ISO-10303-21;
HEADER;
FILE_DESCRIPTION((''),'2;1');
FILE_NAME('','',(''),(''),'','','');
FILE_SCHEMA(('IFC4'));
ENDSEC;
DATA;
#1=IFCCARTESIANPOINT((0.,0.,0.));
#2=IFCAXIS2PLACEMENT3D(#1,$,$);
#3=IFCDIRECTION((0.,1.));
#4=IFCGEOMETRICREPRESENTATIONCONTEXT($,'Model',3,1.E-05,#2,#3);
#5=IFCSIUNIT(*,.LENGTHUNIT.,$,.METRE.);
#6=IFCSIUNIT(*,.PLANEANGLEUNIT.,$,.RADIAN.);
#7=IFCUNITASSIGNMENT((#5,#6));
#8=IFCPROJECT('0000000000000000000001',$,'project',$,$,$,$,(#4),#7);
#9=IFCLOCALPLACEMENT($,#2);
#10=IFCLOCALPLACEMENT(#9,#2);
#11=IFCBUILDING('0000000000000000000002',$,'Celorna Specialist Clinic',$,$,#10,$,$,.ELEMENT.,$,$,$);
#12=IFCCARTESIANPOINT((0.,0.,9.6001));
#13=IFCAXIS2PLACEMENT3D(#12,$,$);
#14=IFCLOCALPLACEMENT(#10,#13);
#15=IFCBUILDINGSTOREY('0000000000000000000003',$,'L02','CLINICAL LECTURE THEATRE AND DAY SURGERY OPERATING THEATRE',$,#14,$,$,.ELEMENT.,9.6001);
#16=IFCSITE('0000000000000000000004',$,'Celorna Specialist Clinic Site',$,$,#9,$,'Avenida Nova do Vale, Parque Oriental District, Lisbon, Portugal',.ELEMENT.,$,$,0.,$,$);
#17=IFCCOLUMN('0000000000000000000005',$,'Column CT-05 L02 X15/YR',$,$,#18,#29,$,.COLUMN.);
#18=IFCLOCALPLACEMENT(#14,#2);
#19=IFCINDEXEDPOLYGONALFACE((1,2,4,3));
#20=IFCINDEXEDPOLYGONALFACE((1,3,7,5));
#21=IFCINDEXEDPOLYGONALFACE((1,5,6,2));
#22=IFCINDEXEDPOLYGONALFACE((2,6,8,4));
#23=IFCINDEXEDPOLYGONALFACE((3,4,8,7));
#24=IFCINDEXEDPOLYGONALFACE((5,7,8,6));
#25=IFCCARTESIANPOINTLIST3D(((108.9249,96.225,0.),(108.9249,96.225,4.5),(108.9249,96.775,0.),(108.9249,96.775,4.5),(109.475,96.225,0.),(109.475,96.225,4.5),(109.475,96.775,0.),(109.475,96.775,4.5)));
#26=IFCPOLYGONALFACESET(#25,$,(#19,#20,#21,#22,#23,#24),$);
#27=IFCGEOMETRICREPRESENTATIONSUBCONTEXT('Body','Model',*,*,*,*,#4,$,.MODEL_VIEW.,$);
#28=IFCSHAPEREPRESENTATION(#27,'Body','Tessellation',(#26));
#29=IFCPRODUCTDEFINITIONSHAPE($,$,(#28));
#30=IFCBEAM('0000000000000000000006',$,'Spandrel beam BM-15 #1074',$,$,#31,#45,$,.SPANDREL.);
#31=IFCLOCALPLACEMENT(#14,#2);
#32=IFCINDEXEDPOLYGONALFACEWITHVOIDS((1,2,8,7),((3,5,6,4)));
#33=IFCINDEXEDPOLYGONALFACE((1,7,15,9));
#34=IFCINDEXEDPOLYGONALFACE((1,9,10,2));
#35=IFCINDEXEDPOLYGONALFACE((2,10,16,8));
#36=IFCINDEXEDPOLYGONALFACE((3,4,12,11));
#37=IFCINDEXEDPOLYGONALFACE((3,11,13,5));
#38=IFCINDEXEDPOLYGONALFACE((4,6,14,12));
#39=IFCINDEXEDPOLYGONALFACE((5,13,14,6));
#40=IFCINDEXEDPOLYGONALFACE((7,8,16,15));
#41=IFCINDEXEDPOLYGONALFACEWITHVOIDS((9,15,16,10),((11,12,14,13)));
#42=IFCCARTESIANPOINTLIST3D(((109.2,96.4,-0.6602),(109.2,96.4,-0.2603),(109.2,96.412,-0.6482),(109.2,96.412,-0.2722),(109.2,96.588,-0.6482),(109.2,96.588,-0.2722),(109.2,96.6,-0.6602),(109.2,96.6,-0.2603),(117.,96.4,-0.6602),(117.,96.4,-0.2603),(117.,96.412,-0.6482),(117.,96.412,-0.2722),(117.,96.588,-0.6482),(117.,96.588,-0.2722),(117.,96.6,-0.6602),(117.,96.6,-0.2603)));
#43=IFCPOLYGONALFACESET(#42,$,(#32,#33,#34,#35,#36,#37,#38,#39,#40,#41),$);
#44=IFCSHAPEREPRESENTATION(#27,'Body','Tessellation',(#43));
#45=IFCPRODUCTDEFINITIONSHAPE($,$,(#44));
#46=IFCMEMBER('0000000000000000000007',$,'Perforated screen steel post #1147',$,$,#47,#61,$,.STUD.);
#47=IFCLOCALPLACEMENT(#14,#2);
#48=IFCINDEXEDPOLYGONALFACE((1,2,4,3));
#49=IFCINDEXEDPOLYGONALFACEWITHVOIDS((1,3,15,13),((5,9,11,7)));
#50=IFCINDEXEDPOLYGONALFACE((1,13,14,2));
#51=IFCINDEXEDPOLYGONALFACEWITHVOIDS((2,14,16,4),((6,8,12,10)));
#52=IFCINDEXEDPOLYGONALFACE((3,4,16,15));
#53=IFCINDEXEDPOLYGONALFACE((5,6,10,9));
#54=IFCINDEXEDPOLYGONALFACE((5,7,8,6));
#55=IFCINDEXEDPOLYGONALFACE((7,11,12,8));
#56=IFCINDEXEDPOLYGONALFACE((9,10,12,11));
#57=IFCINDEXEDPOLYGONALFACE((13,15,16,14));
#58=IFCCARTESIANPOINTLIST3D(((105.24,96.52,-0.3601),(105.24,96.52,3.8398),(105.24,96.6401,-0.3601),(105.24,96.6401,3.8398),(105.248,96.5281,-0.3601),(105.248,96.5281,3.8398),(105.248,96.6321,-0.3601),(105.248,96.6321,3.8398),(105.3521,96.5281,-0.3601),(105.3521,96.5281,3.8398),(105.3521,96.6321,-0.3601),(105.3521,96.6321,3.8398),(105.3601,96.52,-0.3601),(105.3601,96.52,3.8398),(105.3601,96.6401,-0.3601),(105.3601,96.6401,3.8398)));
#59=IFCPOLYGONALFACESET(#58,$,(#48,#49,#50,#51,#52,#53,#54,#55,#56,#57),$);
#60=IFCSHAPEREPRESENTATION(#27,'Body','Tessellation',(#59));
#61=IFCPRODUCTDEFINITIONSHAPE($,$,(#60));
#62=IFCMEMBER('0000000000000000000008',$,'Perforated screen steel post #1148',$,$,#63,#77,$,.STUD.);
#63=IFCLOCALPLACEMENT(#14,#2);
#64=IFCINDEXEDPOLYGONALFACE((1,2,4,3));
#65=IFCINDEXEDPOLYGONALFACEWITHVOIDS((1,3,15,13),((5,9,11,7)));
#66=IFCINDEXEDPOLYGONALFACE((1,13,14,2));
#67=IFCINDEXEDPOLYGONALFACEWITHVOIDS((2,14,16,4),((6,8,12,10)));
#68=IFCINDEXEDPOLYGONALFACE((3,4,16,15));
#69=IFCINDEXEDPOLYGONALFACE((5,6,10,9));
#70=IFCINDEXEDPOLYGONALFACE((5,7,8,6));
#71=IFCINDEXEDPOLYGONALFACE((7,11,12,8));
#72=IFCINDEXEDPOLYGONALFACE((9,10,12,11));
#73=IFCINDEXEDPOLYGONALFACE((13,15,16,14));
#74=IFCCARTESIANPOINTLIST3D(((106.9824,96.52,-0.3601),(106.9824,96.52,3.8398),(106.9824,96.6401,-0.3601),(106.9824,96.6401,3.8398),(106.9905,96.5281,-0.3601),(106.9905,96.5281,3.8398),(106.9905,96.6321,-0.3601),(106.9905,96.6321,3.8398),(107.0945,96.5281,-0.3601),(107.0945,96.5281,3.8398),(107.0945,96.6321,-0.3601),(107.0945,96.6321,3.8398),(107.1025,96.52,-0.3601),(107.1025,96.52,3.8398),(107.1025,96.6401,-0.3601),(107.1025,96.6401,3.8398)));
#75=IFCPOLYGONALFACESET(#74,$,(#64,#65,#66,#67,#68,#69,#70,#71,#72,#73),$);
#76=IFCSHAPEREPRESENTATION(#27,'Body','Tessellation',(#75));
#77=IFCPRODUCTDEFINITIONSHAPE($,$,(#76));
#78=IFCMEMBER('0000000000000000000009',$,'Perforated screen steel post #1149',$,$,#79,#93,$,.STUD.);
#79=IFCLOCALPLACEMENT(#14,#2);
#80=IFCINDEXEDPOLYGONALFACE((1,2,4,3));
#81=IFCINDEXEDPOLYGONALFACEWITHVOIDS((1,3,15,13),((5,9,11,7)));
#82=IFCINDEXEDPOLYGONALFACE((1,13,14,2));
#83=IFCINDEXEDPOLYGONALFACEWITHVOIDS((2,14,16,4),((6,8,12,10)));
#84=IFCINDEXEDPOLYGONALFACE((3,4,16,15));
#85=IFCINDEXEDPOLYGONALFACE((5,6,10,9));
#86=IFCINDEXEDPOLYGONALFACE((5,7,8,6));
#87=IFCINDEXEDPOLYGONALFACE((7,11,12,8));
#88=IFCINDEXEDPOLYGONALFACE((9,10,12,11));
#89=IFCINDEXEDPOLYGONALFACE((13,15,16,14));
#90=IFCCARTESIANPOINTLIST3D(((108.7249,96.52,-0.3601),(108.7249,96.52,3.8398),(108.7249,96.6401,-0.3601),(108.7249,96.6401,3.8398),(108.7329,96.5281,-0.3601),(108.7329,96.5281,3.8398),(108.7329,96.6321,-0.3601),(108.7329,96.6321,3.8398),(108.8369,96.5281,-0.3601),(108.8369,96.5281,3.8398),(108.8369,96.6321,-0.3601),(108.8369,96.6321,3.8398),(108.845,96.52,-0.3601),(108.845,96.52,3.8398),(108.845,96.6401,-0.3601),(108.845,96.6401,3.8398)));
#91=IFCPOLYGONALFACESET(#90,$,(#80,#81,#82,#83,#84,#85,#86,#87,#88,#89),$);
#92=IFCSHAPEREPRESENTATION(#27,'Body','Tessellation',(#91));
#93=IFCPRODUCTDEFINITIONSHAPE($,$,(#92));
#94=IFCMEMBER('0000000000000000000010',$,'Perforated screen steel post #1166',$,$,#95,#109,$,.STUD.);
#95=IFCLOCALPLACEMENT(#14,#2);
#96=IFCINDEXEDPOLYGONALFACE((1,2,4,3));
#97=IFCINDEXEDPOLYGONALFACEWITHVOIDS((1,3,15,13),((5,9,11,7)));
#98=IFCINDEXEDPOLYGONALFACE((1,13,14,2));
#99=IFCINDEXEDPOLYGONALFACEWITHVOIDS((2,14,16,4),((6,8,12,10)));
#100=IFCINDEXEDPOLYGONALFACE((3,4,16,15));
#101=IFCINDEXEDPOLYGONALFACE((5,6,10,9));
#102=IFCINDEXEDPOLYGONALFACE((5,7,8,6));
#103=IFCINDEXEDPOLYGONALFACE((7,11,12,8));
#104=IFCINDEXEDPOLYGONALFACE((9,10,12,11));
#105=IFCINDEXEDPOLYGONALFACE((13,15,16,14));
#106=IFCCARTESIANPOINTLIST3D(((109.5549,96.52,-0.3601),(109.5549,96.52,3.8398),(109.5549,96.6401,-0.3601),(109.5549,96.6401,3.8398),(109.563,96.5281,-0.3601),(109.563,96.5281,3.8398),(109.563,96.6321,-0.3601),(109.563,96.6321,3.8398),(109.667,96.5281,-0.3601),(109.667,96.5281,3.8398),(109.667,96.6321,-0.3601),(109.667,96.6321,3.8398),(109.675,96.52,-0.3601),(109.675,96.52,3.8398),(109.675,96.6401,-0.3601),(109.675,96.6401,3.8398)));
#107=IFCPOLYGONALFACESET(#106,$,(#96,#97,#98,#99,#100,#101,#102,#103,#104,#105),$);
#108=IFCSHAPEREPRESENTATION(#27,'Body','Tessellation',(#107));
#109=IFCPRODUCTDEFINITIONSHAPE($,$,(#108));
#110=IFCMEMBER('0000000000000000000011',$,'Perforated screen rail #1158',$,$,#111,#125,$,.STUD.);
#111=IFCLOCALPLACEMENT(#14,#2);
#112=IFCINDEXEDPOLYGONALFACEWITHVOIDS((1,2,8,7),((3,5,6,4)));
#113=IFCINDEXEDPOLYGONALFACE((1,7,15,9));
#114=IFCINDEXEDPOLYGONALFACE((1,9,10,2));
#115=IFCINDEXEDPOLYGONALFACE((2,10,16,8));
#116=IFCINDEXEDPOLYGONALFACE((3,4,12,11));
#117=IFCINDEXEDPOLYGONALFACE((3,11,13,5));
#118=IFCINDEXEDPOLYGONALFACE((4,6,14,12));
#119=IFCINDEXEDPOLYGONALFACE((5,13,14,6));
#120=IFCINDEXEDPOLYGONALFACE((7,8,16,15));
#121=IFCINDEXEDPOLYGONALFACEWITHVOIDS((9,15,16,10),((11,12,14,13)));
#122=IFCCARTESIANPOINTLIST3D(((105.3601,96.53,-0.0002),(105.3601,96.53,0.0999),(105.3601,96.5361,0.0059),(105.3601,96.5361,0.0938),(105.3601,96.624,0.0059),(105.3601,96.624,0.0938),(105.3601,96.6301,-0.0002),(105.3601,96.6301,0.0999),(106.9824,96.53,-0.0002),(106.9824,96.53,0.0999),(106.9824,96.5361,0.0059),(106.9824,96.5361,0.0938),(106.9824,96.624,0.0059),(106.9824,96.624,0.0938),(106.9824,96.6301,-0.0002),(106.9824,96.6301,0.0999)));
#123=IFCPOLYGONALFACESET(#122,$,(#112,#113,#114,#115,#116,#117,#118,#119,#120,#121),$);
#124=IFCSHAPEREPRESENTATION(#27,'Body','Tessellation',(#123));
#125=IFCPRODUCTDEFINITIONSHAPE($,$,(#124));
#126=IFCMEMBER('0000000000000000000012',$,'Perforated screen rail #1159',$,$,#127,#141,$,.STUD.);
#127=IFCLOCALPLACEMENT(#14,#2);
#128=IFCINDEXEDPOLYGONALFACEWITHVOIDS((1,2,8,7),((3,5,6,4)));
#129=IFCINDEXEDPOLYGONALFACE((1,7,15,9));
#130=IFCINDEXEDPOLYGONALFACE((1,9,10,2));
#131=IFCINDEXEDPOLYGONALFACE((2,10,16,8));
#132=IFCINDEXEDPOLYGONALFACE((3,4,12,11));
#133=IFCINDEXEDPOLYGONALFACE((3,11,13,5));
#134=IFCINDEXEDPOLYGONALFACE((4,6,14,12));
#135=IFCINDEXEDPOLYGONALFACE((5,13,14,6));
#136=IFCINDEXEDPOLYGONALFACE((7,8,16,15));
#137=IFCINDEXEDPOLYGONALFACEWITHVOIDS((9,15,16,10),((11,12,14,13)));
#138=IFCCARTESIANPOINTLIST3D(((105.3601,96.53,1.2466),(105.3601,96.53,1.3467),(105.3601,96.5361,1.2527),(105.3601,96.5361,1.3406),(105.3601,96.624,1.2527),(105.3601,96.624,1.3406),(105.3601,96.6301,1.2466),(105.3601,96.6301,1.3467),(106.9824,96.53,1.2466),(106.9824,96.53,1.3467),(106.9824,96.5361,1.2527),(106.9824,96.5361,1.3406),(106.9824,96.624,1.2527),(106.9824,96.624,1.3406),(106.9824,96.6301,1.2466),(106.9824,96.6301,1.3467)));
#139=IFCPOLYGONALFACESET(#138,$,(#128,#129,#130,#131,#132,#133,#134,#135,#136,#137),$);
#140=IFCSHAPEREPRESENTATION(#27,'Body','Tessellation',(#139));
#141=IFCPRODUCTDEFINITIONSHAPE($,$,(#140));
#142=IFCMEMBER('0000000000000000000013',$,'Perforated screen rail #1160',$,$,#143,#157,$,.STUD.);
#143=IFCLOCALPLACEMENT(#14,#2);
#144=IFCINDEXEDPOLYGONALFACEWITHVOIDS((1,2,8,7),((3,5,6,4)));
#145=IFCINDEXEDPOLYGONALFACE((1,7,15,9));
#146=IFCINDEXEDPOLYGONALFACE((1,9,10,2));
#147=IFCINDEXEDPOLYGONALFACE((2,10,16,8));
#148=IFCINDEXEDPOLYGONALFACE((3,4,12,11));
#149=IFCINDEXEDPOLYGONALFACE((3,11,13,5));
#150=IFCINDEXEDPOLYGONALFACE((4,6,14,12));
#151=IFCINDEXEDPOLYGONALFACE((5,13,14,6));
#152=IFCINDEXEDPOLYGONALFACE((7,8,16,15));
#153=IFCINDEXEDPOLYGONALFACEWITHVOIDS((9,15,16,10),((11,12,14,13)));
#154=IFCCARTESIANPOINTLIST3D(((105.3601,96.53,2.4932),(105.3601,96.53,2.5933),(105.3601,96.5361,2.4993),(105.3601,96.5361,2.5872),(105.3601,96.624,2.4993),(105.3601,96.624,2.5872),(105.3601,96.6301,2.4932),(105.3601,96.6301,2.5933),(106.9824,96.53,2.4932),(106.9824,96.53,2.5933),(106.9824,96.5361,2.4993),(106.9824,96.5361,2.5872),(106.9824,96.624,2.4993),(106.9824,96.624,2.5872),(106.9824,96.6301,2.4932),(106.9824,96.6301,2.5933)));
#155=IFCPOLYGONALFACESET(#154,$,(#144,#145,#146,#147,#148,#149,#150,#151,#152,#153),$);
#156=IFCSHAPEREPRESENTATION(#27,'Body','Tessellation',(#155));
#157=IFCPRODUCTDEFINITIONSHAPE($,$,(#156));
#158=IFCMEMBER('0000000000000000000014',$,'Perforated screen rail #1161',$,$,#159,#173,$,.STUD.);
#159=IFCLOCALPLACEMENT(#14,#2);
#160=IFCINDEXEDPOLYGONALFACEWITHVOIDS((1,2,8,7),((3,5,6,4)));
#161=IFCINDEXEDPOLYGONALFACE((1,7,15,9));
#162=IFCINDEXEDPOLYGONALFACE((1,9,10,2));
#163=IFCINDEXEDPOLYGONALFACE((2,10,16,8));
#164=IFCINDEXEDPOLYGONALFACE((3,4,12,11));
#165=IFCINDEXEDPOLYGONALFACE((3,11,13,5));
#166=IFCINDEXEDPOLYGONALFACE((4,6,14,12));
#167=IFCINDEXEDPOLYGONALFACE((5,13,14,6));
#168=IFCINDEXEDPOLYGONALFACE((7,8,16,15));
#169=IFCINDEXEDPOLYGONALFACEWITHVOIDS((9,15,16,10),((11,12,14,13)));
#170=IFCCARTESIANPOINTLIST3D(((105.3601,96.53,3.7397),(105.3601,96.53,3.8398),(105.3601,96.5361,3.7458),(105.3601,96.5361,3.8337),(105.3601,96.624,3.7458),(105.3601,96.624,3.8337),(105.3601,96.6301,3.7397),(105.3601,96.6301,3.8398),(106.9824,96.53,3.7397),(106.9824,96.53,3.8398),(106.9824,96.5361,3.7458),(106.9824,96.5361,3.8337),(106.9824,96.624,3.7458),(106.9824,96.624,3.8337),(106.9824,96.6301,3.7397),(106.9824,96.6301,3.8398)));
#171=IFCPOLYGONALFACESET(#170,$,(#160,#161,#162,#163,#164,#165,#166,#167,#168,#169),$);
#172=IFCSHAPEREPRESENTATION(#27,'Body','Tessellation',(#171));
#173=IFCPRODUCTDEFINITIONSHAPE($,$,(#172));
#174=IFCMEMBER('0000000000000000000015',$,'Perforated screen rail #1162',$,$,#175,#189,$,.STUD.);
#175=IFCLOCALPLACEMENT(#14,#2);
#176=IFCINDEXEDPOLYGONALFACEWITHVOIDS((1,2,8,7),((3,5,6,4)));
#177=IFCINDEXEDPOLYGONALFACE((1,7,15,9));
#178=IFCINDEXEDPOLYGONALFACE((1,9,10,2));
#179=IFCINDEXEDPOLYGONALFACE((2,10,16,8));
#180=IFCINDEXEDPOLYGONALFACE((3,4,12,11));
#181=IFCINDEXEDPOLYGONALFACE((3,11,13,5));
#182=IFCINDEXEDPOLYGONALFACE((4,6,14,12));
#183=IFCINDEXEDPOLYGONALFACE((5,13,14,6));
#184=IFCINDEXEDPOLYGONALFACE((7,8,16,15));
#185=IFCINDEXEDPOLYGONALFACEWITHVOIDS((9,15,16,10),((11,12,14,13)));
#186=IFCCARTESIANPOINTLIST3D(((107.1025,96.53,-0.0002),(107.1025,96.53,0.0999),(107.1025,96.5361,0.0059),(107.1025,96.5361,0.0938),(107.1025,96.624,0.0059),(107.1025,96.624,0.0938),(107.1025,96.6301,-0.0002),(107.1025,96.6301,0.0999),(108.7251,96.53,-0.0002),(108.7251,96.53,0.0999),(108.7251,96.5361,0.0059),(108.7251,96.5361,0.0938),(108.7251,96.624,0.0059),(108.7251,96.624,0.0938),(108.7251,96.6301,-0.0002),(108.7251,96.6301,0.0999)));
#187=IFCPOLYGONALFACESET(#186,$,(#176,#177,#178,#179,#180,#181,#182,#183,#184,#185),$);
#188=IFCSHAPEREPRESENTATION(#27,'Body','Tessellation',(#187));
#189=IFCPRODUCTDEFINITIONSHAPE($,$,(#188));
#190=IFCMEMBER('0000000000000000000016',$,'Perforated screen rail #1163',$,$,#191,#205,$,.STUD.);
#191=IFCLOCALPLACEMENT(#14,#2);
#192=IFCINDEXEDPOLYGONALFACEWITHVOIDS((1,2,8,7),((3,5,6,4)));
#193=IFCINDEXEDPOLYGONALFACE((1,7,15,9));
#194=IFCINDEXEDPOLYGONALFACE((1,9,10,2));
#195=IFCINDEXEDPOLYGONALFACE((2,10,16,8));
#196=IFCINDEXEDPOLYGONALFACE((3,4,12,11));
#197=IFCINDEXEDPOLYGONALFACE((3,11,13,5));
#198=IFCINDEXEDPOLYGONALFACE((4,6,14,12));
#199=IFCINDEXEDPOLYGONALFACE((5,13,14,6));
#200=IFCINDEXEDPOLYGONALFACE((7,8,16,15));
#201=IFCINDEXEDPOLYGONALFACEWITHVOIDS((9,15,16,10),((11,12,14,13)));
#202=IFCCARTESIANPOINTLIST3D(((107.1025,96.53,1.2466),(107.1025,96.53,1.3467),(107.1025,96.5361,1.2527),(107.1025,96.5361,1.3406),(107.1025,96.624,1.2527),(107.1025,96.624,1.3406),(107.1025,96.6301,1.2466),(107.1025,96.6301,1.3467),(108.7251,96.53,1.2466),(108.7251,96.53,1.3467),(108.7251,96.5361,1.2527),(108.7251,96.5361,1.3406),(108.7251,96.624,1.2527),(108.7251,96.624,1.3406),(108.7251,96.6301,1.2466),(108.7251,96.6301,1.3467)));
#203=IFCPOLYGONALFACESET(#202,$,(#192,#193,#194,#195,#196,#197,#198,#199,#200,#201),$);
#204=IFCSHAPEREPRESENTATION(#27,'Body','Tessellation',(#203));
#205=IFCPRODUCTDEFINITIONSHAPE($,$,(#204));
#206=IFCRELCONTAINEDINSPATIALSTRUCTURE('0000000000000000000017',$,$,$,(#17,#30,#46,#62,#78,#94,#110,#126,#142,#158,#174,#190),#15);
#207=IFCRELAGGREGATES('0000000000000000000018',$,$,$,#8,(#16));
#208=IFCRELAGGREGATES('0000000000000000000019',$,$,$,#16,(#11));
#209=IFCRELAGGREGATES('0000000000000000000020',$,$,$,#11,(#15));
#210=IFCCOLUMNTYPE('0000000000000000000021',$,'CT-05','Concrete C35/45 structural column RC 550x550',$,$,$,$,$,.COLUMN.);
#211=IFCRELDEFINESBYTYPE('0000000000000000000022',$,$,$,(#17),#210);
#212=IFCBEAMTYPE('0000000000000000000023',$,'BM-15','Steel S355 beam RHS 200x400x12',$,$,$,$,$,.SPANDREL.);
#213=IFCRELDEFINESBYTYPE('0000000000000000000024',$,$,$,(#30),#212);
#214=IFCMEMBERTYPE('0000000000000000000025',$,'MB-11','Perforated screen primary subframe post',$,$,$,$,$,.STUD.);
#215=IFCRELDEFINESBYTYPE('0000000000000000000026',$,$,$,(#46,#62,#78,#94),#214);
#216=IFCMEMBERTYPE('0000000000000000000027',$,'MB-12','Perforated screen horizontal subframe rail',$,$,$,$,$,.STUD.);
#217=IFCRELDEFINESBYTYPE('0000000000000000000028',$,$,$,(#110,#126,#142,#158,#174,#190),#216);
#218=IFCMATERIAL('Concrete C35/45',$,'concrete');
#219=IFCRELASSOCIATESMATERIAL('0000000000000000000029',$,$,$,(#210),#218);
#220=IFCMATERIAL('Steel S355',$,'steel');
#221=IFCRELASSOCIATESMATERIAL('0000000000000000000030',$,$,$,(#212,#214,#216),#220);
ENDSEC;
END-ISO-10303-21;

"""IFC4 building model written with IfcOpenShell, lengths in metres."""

from ifc_helpers import new_model, si_unit, direction, frame, origin, origin_2d, place, context, subcontext, project, spatial, rectangle, hollow_rectangle, extrude, material, material_profile, profile_set, type_object, element, save


model = new_model("IFC4")

# Units and contexts
model_context = context("Model", 3, precision=1e-05, world=origin(), true_north=direction((0.0, 1.0)))
body_context = subcontext(model_context, "Body", "Model", "MODEL_VIEW")
ifc_project = project(units=[si_unit("LENGTHUNIT", "METRE"), si_unit("PLANEANGLEUNIT", "RADIAN")], contexts=[model_context])

# Site, building, storey
site_placement = place(None, origin())
site = spatial("IfcSite", under=ifc_project, at=site_placement, Name="Celorna Specialist Clinic Site", LongName="Avenida Nova do Vale, Parque Oriental District, Lisbon, Portugal", CompositionType="ELEMENT", RefElevation=0.0)
building_placement = place(site_placement, origin())
building = spatial("IfcBuilding", under=site, at=building_placement, Name="Celorna Specialist Clinic", CompositionType="ELEMENT")
storey_placement = place(building_placement, frame((0.0, 0.0, 9.6001)))
storey = spatial("IfcBuildingStorey", under=building, at=storey_placement, Name="L02", Description="CLINICAL LECTURE THEATRE AND DAY SURGERY OPERATING THEATRE", CompositionType="ELEMENT", Elevation=9.6001)

# Column
ifc_material_1 = material(Name="Concrete C35/45", Category="concrete")
ifc_material_profile_1 = material_profile(ifc_material_1, rectangle(XDim=0.55, YDim=0.55, at=origin_2d()), Name="RC 550x550")
ifc_profile_set_1 = profile_set([ifc_material_profile_1], Name="Concrete C35/45")
column_type = type_object("IfcColumnType", Name="CT-05", Description="Concrete C35/45 structural column RC 550x550", PredefinedType="COLUMN", material=ifc_profile_set_1)
column_placement = place(storey_placement, frame((109.2, 96.5, 0.0), z_axis=(0.0, 0.0, 1.0), x_axis=(1.0, 0.0, 0.0)))
element("IfcColumn", 1, at=column_placement, inside=storey, type_object=column_type, Name="Column CT-05 L02 X15/YR", PredefinedType="COLUMN", context=body_context, shape_type="SweptSolid", body=[
    extrude(rectangle(XDim=0.55, YDim=0.55, at=origin_2d()), origin(), (0.0, 0.0, 1.0), 4.5),
])

# Beam
ifc_material_2 = material(Name="Steel S355", Category="steel")
ifc_material_profile_2 = material_profile(ifc_material_2, hollow_rectangle(XDim=0.2, YDim=0.3999, WallThickness=0.012, at=origin_2d()), Name="RHS 200x400x12")
ifc_profile_set_2 = profile_set([ifc_material_profile_2], Name="Steel S355")
beam_type = type_object("IfcBeamType", Name="BM-15", Description="Steel S355 beam RHS 200x400x12", PredefinedType="SPANDREL", material=ifc_profile_set_2)
beam_placement = place(storey_placement, frame((109.2, 96.5, -0.4602), z_axis=(1.0, 0.0, 0.0), x_axis=(0.0, 1.0, 0.0)))
element("IfcBeam", 2, at=beam_placement, inside=storey, type_object=beam_type, Name="Spandrel beam BM-15 #1074", PredefinedType="SPANDREL", context=body_context, shape_type="SweptSolid", body=[
    extrude(hollow_rectangle(XDim=0.2, YDim=0.3999, WallThickness=0.012, at=origin_2d()), origin(), (0.0, 0.0, 1.0), 7.8),
])

# Members
ifc_material_profile_3 = material_profile(ifc_material_2, hollow_rectangle(XDim=0.1201, YDim=0.1201, WallThickness=0.0081, at=origin_2d()), Name="SHS 120x120x8")
ifc_profile_set_3 = profile_set([ifc_material_profile_3], Name="Steel S355")
member_type_1 = type_object("IfcMemberType", Name="MB-11", Description="Perforated screen primary subframe post", PredefinedType="STUD", material=ifc_profile_set_3)
for number, where, z_axis, x_axis, name in (
    (3, (105.3, 96.5801, -0.3601), (0.0, 0.0, 1.0), (1.0, 0.0, 0.0), "Perforated screen steel post #1147"),
    (4, (107.0425, 96.5801, -0.3601), (0.0, 0.0, 1.0), (1.0, 0.0, 0.0), "Perforated screen steel post #1148"),
    (5, (108.7849, 96.5801, -0.3601), (0.0, 0.0, 1.0), (1.0, 0.0, 0.0), "Perforated screen steel post #1149"),
    (6, (109.615, 96.5801, -0.3601), (0.0, 0.0, 1.0), (1.0, 0.0, 0.0), "Perforated screen steel post #1166"),
):
    element("IfcMember", number, at=place(storey_placement, frame(where, z_axis=z_axis, x_axis=x_axis)), inside=storey, type_object=member_type_1, Name=name, PredefinedType="STUD", context=body_context, shape_type="SweptSolid", body=[
        extrude(hollow_rectangle(XDim=0.1201, YDim=0.1201, WallThickness=0.0081, at=origin_2d()), origin(), (0.0, 0.0, 1.0), 4.2),
    ])
ifc_material_profile_4 = material_profile(ifc_material_2, hollow_rectangle(XDim=0.1001, YDim=0.1001, WallThickness=0.0061, at=origin_2d()), Name="SHS 100x100x6")
ifc_profile_set_4 = profile_set([ifc_material_profile_4], Name="Steel S355")
member_type_2 = type_object("IfcMemberType", Name="MB-12", Description="Perforated screen horizontal subframe rail", PredefinedType="STUD", material=ifc_profile_set_4)
for number, where, z_axis, x_axis, name in (
    (7, (105.3601, 96.5801, 0.0498), (1.0, 0.0, 0.0), (0.0, 1.0, 0.0), "Perforated screen rail #1158"),
    (8, (105.3601, 96.5801, 1.2966), (1.0, 0.0, 0.0), (0.0, 1.0, 0.0), "Perforated screen rail #1159"),
    (9, (105.3601, 96.5801, 2.5432), (1.0, 0.0, 0.0), (0.0, 1.0, 0.0), "Perforated screen rail #1160"),
    (10, (105.3601, 96.5801, 3.7898), (1.0, 0.0, 0.0), (0.0, 1.0, 0.0), "Perforated screen rail #1161"),
):
    element("IfcMember", number, at=place(storey_placement, frame(where, z_axis=z_axis, x_axis=x_axis)), inside=storey, type_object=member_type_2, Name=name, PredefinedType="STUD", context=body_context, shape_type="SweptSolid", body=[
        extrude(hollow_rectangle(XDim=0.1001, YDim=0.1001, WallThickness=0.0061, at=origin_2d()), origin(), (0.0, 0.0, 1.0), 1.6223),
    ])
for number, where, z_axis, x_axis, name in (
    (11, (107.1025, 96.5801, 0.0498), (1.0, 0.0, 0.0), (0.0, 1.0, 0.0), "Perforated screen rail #1162"),
    (12, (107.1025, 96.5801, 1.2966), (1.0, 0.0, 0.0), (0.0, 1.0, 0.0), "Perforated screen rail #1163"),
):
    element("IfcMember", number, at=place(storey_placement, frame(where, z_axis=z_axis, x_axis=x_axis)), inside=storey, type_object=member_type_2, Name=name, PredefinedType="STUD", context=body_context, shape_type="SweptSolid", body=[
        extrude(hollow_rectangle(XDim=0.1001, YDim=0.1001, WallThickness=0.0061, at=origin_2d()), origin(), (0.0, 0.0, 1.0), 1.6226),
    ])

save(model, "model.ifc")
